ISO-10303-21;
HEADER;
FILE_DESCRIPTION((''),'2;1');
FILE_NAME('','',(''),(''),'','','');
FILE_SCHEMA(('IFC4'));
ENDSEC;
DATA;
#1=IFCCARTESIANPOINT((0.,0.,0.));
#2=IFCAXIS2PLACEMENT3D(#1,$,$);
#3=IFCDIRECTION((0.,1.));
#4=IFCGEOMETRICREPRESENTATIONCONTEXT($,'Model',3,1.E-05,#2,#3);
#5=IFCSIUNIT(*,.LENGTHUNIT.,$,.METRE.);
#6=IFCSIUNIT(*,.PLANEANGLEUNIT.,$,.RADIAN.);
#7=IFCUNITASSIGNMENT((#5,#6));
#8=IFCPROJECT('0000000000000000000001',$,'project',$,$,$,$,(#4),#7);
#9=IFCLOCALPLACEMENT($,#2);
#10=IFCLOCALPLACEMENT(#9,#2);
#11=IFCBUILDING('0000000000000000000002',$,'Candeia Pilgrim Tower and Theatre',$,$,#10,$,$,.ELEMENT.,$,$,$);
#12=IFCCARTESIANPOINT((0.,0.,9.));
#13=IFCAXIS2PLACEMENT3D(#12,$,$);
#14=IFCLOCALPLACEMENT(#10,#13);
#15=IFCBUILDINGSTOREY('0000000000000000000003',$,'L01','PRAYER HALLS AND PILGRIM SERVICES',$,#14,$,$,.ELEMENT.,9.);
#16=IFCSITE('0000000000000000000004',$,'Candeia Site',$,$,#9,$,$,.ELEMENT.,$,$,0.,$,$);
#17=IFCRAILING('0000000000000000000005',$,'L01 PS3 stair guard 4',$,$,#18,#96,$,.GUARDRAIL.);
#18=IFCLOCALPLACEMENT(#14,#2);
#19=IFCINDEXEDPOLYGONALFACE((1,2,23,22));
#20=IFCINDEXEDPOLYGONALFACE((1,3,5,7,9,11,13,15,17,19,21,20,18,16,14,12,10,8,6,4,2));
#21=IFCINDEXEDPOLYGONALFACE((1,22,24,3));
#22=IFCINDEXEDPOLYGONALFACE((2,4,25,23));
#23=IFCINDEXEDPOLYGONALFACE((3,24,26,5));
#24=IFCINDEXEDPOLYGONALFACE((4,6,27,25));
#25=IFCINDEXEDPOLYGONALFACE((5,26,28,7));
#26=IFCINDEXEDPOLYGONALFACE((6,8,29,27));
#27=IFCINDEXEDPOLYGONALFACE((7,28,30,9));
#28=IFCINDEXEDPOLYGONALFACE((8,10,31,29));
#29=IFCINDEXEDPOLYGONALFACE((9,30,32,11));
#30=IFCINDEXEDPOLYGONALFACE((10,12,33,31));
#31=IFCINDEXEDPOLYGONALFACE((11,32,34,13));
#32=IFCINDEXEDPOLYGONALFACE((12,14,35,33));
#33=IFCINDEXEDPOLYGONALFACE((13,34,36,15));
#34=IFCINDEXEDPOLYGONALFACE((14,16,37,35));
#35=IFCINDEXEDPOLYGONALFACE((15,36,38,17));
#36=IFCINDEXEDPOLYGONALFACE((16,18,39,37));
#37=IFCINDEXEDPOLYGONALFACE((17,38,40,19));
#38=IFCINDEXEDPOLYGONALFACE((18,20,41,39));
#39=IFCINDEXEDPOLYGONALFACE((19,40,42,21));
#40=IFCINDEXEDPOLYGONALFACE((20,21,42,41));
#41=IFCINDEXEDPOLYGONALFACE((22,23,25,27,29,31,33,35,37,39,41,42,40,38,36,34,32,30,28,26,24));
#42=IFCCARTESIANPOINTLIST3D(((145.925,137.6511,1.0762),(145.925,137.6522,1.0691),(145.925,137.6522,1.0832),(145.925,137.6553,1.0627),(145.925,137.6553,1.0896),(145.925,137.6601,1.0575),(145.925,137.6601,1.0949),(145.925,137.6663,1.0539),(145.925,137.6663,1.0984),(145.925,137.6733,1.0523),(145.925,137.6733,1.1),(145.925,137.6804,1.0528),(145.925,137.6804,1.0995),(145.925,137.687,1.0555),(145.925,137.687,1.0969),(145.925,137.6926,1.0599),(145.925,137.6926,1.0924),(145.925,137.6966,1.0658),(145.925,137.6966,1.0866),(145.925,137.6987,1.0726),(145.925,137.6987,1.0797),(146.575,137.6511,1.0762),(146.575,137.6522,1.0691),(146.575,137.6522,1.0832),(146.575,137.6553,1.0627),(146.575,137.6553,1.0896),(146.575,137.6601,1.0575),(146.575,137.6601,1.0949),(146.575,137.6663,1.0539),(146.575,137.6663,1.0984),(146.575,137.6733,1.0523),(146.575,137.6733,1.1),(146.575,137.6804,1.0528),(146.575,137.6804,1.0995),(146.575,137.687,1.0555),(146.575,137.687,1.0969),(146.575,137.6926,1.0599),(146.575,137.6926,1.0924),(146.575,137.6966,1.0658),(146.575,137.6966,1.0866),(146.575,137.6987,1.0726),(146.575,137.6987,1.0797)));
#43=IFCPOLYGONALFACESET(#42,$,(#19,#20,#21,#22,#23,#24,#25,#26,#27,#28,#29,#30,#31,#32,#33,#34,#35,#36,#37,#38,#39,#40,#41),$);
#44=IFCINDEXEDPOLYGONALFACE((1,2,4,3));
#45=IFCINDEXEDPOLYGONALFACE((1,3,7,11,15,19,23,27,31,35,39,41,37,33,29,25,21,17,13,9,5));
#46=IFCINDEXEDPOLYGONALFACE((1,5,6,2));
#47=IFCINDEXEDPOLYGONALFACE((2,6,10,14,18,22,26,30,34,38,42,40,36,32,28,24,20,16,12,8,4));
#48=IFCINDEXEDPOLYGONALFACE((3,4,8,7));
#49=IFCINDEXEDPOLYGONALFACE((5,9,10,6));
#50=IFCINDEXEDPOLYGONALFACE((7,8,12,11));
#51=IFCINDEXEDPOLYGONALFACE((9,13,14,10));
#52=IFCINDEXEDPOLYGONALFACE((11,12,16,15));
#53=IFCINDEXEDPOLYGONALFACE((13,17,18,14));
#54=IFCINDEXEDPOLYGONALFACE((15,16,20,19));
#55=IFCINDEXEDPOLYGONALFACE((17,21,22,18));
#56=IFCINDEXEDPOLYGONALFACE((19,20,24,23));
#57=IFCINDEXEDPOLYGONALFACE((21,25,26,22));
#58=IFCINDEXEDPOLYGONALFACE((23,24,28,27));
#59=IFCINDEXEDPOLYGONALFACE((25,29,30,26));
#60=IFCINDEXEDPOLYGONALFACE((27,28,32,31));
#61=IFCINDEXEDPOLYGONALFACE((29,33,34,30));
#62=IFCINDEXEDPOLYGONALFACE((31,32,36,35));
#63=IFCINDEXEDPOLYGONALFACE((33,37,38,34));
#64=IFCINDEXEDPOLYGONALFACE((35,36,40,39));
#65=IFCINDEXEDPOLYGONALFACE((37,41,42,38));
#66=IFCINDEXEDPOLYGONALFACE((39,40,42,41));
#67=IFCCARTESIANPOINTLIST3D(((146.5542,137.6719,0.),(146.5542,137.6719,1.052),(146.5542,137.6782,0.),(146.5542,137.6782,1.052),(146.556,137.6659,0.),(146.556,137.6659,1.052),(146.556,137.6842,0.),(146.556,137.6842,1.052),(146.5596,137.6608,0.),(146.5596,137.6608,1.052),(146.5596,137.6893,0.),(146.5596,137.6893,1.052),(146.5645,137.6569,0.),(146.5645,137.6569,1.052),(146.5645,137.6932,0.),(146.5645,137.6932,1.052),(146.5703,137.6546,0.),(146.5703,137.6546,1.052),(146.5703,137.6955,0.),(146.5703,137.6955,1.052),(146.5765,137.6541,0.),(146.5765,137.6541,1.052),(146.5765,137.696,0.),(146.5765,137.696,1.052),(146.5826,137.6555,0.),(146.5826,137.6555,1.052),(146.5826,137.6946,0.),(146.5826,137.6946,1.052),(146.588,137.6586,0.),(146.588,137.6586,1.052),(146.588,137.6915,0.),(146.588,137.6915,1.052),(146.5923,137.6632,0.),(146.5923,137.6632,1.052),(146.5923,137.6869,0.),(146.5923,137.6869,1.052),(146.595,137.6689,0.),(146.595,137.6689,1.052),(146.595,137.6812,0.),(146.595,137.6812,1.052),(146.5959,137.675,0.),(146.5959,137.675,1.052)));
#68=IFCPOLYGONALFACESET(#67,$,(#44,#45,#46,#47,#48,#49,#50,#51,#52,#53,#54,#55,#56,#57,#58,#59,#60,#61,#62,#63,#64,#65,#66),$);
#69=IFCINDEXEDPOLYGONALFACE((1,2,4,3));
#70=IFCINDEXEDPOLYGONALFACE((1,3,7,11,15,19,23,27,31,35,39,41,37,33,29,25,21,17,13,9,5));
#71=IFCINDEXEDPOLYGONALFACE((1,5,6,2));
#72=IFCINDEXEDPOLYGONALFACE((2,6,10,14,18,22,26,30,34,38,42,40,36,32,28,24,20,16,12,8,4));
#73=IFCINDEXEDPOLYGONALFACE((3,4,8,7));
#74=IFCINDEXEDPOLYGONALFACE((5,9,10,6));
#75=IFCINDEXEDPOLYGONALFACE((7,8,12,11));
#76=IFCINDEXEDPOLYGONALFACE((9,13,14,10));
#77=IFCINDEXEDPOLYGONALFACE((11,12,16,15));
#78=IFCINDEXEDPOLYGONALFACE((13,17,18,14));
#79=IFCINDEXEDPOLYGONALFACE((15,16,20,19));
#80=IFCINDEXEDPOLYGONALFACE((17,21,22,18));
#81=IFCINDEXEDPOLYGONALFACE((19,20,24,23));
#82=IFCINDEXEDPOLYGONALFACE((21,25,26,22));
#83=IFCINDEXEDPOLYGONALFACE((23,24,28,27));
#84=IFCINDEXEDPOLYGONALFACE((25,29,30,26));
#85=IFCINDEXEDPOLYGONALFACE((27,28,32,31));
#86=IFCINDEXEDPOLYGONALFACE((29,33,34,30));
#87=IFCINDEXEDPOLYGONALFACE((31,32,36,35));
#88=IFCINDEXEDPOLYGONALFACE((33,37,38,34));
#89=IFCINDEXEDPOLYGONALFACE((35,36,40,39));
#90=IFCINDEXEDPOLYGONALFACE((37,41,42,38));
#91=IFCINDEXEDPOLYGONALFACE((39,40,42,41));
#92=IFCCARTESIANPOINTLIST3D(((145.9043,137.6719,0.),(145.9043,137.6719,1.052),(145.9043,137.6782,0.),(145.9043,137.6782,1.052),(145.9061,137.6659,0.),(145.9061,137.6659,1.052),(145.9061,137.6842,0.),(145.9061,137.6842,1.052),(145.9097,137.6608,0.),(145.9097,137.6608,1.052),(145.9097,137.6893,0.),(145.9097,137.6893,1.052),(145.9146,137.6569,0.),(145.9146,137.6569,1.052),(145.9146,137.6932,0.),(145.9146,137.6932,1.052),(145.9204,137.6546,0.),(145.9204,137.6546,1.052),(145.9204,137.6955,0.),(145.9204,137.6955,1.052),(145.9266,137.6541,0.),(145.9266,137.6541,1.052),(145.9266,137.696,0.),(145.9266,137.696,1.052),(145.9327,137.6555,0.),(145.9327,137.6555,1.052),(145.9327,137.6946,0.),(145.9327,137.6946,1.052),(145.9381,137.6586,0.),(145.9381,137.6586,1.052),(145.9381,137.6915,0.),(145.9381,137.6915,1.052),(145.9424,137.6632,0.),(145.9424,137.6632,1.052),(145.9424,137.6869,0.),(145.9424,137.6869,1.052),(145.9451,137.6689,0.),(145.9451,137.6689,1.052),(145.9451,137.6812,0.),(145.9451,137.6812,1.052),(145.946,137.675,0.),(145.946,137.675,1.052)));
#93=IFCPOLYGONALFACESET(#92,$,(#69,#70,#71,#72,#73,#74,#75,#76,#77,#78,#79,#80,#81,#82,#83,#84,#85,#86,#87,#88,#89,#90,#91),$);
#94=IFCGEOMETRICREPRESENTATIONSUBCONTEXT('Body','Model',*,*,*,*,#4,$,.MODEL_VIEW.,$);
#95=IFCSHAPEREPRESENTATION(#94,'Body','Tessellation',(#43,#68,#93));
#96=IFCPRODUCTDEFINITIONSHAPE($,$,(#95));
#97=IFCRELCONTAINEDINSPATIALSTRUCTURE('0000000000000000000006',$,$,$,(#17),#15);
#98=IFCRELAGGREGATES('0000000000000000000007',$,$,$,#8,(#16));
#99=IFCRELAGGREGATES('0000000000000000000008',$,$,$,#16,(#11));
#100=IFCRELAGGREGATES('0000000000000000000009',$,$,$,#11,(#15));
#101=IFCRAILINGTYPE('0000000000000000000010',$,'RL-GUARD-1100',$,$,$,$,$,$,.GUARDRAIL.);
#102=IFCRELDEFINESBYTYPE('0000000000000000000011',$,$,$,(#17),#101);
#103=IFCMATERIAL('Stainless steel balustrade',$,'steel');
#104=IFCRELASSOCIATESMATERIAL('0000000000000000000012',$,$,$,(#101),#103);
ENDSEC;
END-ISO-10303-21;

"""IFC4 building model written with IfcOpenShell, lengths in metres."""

from ifc_helpers import new_model, si_unit, direction, frame, origin, origin_2d, place, context, subcontext, project, spatial, circle, extrude, material, type_object, element, save


model = new_model("IFC4")

# Units and contexts
model_context = context("Model", 3, precision=1e-05, world=origin(), true_north=direction((0.0, 1.0)))
body_context = subcontext(model_context, "Body", "Model", "MODEL_VIEW")
ifc_project = project(units=[si_unit("LENGTHUNIT", "METRE"), si_unit("PLANEANGLEUNIT", "RADIAN")], contexts=[model_context])

# Site, building, storey
site_placement = place(None, origin())
site = spatial("IfcSite", under=ifc_project, at=site_placement, Name="Candeia Site", CompositionType="ELEMENT", RefElevation=0.0)
building_placement = place(site_placement, origin())
building = spatial("IfcBuilding", under=site, at=building_placement, Name="Candeia Pilgrim Tower and Theatre", CompositionType="ELEMENT")
storey_placement = place(building_placement, frame((0.0, 0.0, 9.0)))
storey = spatial("IfcBuildingStorey", under=building, at=storey_placement, Name="L01", Description="PRAYER HALLS AND PILGRIM SERVICES", CompositionType="ELEMENT", Elevation=9.0)

# Railing
ifc_material_1 = material(Name="Stainless steel balustrade", Category="steel")
railing_type_1 = type_object("IfcRailingType", Name="RL-GUARD-1100", PredefinedType="GUARDRAIL", material=ifc_material_1)
railing_1_placement = place(storey_placement, frame((146.575, 137.675, 0.0)))
element("IfcRailing", 1, at=railing_1_placement, inside=storey, type_object=railing_type_1, Name="L01 PS3 stair guard 4", PredefinedType="GUARDRAIL", context=body_context, shape_type="SweptSolid", body=[
    extrude(circle(Radius=0.0239, at=origin_2d()), frame((0.0, 0.0, 1.0762), z_axis=(-1.0, 0.0, 0.0), x_axis=(0.0, -1.0, 0.0)), (0.0, 0.0, 1.0), 0.6499),
    extrude(circle(Radius=0.021, at=origin_2d()), origin(), (0.0, 0.0, 1.0), 1.052),
    extrude(circle(Radius=0.021, at=origin_2d()), frame((-0.6499, 0.0, 0.0)), (0.0, 0.0, 1.0), 1.052),
])

save(model, "model.ifc")
